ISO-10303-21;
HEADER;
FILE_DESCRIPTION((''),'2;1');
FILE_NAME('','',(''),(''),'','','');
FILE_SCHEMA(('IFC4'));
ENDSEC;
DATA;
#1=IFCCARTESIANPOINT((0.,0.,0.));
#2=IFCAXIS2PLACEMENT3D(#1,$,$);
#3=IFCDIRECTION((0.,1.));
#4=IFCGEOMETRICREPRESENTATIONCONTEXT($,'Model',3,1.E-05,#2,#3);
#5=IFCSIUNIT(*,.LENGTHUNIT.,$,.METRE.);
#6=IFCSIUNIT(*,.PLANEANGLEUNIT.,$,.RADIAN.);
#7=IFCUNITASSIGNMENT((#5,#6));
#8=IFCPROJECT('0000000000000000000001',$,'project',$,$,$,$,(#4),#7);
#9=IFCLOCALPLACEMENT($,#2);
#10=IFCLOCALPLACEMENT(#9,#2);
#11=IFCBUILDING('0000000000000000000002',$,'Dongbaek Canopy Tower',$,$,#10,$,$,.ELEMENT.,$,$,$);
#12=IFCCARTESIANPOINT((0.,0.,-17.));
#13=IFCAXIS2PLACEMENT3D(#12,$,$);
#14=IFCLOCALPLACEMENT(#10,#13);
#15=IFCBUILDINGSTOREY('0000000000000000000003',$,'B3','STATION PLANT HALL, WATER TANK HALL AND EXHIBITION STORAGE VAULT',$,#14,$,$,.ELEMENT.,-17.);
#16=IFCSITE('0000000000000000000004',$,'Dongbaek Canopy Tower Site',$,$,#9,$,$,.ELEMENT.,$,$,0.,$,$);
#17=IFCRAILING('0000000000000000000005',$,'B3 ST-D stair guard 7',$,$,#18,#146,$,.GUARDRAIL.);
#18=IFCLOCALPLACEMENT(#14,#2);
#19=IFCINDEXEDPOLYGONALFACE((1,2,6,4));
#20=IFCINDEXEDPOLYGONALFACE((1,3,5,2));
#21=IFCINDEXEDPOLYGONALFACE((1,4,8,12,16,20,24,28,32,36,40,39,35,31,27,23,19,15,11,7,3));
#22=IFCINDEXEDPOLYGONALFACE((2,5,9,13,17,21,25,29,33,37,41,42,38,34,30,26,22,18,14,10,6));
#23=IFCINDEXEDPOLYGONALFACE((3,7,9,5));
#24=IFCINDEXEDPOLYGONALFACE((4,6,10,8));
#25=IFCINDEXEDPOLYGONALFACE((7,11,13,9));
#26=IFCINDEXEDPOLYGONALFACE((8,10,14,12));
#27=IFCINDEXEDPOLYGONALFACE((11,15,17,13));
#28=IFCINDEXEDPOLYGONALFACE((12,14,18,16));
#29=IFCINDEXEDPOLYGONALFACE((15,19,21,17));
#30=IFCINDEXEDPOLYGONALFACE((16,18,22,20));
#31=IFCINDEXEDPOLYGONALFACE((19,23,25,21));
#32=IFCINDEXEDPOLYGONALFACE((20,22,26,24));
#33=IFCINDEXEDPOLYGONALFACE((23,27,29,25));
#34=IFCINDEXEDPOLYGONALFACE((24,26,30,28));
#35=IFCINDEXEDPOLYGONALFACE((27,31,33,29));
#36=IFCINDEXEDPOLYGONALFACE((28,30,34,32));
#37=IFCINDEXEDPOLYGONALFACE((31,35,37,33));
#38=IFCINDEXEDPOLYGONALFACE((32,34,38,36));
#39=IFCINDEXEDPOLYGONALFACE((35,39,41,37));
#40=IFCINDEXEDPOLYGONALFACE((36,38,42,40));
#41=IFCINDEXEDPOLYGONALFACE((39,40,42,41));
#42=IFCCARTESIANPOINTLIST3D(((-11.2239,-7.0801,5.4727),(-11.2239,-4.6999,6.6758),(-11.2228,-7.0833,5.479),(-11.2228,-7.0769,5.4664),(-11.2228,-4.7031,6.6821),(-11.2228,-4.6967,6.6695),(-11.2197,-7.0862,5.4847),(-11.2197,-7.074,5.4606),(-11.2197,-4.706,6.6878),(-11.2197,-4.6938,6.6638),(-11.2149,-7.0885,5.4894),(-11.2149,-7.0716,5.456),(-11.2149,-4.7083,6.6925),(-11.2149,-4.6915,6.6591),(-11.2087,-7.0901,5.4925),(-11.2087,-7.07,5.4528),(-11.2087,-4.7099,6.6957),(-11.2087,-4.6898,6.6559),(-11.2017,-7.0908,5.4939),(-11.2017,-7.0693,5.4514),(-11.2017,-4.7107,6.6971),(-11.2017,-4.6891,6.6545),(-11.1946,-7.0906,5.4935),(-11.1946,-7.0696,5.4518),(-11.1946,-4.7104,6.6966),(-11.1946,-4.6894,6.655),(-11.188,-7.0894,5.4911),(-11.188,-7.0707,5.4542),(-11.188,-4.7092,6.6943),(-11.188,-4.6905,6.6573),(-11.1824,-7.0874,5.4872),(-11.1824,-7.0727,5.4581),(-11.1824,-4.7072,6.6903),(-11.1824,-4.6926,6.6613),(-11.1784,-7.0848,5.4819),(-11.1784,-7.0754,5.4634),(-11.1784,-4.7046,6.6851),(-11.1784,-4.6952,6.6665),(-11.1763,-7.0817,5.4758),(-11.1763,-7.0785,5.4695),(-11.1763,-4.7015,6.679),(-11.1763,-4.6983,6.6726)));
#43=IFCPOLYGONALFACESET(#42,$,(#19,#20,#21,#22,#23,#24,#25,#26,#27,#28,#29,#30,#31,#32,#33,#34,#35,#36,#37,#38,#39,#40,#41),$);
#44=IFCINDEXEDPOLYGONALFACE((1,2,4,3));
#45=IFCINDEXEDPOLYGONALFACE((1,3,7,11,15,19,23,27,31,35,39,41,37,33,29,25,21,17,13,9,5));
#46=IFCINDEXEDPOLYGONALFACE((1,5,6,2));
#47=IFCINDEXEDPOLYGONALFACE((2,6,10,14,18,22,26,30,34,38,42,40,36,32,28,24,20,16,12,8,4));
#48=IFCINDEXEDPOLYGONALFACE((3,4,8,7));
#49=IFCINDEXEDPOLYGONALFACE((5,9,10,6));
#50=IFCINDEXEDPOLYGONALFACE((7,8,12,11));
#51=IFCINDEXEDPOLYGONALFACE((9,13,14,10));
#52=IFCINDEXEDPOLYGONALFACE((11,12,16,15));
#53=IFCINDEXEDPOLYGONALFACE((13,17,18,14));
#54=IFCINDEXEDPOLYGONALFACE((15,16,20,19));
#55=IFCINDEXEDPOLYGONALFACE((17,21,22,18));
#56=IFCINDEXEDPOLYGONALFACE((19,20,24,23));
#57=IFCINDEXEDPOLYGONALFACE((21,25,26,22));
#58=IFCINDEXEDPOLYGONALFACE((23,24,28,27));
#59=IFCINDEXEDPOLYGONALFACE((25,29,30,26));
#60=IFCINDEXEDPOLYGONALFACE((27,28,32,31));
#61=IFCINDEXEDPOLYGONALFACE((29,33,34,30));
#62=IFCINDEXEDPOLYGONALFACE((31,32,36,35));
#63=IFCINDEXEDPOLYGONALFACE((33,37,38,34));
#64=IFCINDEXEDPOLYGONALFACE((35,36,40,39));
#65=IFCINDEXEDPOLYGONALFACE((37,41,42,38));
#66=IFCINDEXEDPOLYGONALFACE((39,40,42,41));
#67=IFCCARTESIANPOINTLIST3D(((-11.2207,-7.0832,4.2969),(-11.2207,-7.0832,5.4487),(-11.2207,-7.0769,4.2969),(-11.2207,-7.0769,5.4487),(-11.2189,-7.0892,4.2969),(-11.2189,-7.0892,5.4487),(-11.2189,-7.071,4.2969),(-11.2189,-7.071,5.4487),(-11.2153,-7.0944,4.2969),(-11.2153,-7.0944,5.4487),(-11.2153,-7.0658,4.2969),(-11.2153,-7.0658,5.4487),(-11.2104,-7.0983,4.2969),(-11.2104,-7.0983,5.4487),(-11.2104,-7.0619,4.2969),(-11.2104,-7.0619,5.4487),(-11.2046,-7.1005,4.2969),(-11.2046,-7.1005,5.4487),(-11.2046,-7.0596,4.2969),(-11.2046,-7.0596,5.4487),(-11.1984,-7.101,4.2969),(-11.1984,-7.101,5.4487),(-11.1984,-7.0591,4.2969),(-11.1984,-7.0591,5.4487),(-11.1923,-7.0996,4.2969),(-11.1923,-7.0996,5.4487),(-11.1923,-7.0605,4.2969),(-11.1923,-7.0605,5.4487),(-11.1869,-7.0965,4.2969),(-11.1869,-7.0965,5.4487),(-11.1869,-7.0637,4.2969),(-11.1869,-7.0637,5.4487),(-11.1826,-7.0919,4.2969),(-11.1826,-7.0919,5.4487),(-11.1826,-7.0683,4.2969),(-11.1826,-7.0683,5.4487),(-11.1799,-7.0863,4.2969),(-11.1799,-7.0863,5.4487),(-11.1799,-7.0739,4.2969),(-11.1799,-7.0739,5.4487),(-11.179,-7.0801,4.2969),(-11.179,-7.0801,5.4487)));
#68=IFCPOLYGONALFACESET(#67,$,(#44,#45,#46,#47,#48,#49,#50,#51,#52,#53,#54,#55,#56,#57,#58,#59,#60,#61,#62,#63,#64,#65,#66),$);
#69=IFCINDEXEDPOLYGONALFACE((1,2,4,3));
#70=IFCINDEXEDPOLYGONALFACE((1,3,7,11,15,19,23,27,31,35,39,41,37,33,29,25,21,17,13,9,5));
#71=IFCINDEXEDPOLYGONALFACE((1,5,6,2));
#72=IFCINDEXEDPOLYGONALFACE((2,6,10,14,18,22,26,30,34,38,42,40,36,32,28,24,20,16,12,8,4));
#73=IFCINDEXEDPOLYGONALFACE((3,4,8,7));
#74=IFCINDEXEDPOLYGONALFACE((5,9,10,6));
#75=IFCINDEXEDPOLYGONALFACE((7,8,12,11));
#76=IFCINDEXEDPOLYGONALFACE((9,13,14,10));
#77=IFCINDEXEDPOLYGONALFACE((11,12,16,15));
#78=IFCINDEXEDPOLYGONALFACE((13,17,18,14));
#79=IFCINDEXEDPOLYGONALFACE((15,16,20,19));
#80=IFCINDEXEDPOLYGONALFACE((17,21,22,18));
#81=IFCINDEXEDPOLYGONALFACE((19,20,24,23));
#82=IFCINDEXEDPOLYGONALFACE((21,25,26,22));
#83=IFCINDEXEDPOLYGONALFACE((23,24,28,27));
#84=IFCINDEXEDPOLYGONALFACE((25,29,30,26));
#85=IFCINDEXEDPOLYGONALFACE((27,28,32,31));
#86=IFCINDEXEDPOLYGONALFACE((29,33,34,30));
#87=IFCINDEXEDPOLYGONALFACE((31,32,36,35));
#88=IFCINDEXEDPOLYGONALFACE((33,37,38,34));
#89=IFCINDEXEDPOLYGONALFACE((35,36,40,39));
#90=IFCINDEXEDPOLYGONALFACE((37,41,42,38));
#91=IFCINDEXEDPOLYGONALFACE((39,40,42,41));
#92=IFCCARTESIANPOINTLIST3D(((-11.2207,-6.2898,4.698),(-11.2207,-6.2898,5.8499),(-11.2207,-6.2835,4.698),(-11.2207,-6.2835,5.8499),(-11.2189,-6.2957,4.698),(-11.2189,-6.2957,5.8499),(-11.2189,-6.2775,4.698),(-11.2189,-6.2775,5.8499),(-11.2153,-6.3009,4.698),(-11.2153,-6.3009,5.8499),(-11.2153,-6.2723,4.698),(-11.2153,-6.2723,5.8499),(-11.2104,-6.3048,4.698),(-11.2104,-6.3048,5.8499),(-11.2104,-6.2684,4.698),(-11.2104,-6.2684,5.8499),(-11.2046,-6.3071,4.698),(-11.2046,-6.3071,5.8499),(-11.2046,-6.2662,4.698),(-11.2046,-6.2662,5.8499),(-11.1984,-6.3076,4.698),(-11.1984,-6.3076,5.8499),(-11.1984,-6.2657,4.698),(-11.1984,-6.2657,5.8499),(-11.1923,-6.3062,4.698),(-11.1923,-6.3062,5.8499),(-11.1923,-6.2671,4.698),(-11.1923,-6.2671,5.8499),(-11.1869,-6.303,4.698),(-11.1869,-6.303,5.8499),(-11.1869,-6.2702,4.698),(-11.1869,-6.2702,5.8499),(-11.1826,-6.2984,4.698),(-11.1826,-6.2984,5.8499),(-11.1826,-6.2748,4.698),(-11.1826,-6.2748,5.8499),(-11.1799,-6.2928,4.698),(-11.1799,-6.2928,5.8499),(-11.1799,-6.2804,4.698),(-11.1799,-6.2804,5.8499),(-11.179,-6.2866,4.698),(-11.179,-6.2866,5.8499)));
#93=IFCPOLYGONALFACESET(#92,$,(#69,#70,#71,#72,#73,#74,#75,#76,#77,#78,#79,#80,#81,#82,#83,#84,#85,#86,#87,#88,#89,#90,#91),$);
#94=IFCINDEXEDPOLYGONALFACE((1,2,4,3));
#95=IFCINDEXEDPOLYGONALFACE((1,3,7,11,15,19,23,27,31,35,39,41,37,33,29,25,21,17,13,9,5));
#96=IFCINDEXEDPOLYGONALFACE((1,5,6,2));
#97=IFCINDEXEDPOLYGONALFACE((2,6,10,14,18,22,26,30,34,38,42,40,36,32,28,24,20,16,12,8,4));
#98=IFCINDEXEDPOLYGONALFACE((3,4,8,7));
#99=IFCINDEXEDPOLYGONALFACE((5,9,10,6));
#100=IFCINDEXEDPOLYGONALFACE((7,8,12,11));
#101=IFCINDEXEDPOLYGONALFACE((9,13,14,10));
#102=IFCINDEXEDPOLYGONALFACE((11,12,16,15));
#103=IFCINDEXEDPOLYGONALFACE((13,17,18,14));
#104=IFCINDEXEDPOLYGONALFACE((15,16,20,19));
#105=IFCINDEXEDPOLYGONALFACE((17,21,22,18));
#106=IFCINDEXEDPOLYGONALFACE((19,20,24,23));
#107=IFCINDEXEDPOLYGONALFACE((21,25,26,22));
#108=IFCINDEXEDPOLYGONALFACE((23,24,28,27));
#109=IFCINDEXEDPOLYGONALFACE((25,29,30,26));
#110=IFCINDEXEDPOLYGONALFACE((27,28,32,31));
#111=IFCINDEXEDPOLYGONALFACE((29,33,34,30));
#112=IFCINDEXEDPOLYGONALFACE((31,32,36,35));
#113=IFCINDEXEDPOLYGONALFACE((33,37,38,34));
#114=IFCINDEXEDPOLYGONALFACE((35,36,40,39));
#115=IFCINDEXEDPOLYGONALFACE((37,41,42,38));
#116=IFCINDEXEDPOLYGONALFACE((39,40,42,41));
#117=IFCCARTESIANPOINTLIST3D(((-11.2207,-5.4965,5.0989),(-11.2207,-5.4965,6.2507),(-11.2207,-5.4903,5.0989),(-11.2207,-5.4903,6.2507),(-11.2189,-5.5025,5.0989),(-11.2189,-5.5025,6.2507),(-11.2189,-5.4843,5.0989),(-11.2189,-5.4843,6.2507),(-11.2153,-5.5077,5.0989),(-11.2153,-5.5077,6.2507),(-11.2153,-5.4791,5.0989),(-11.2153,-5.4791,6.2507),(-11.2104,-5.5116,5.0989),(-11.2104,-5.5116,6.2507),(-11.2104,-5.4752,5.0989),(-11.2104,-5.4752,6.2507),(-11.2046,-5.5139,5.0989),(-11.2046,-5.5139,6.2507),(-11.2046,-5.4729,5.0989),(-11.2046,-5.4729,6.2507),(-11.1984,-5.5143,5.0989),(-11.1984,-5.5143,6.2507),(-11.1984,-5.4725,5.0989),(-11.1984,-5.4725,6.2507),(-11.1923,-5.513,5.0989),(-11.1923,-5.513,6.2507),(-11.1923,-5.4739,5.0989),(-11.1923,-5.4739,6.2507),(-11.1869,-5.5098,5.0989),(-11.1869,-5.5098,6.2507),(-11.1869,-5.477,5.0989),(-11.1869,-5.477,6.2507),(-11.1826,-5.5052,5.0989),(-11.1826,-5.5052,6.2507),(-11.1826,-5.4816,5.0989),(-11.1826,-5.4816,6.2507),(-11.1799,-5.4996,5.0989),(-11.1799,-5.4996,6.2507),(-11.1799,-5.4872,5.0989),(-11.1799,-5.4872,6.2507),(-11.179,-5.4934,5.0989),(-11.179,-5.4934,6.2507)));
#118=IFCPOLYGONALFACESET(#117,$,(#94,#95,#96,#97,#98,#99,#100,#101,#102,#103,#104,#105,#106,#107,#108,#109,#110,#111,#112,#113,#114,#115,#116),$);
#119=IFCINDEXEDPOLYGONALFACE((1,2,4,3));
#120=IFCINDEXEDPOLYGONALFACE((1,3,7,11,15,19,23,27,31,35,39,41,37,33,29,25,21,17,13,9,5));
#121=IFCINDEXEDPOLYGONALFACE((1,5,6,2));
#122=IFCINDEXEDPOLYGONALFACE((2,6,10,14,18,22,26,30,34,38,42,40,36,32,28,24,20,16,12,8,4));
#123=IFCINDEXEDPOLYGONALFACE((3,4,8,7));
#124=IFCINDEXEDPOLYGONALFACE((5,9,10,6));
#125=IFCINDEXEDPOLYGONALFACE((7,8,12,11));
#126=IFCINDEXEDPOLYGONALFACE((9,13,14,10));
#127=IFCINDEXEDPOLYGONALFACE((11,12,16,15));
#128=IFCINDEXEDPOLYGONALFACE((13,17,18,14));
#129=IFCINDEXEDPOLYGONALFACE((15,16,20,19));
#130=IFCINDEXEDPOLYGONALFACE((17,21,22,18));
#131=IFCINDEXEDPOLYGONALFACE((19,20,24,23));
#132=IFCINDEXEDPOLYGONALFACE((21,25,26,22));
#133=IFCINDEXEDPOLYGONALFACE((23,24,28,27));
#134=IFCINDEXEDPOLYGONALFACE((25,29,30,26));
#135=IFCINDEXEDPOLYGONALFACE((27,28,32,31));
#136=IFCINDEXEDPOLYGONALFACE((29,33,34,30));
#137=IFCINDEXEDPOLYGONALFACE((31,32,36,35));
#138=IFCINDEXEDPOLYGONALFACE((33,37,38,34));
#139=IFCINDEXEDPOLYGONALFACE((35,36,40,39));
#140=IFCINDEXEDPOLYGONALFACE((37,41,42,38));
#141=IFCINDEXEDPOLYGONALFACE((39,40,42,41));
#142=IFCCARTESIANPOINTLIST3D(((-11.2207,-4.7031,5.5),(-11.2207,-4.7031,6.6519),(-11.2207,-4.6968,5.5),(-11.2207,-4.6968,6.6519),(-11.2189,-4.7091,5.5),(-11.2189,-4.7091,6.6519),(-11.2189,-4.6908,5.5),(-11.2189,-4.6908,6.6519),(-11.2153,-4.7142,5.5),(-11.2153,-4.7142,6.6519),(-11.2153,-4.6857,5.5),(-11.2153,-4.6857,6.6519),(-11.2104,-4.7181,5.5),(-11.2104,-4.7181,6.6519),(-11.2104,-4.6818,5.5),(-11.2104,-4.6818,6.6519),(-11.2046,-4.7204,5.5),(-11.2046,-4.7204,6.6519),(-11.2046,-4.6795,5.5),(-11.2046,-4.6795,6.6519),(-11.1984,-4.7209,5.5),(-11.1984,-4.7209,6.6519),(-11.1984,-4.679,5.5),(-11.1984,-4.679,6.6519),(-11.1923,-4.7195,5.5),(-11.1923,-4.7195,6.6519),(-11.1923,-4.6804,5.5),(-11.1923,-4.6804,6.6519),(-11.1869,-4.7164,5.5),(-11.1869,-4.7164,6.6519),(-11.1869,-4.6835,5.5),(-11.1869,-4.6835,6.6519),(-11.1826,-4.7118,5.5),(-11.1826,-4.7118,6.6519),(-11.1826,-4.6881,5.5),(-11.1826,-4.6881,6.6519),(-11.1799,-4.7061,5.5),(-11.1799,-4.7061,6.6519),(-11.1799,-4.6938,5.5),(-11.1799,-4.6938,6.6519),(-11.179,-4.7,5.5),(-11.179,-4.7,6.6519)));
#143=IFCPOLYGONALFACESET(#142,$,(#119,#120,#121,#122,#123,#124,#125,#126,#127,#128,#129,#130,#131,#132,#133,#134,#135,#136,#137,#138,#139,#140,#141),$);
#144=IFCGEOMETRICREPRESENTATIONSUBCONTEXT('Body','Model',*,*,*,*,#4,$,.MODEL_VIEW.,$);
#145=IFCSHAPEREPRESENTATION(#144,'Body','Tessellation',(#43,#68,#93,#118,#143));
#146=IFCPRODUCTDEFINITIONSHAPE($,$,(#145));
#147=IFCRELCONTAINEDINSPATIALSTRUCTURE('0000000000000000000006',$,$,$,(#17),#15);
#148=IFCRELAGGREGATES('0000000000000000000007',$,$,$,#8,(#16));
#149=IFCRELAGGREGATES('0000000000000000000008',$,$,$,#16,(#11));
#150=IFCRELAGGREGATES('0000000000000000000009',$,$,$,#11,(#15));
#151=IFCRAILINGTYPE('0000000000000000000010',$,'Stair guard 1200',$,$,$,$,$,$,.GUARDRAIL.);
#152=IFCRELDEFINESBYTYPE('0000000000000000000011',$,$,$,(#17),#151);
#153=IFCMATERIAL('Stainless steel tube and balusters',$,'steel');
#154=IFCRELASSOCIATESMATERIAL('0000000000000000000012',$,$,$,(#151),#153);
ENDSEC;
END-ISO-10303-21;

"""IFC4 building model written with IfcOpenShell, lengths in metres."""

from ifc_helpers import new_model, si_unit, direction, frame, origin, origin_2d, place, context, subcontext, project, spatial, circle, extrude, material, type_object, element, save


model = new_model("IFC4")

# Units and contexts
model_context = context("Model", 3, precision=1e-05, world=origin(), true_north=direction((0.0, 1.0)))
body_context = subcontext(model_context, "Body", "Model", "MODEL_VIEW")
ifc_project = project(units=[si_unit("LENGTHUNIT", "METRE"), si_unit("PLANEANGLEUNIT", "RADIAN")], contexts=[model_context])

# Site, building, storey
site_placement = place(None, origin())
site = spatial("IfcSite", under=ifc_project, at=site_placement, Name="Dongbaek Canopy Tower Site", CompositionType="ELEMENT", RefElevation=0.0)
building_placement = place(site_placement, origin())
building = spatial("IfcBuilding", under=site, at=building_placement, Name="Dongbaek Canopy Tower", CompositionType="ELEMENT")
storey_placement = place(building_placement, frame((0.0, 0.0, -17.0)))
storey = spatial("IfcBuildingStorey", under=building, at=storey_placement, Name="B3", Description="STATION PLANT HALL, WATER TANK HALL AND EXHIBITION STORAGE VAULT", CompositionType="ELEMENT", Elevation=-17.0)

# Railing
ifc_material_1 = material(Name="Stainless steel tube and balusters", Category="steel")
railing_type = type_object("IfcRailingType", Name="Stair guard 1200", PredefinedType="GUARDRAIL", material=ifc_material_1)
railing_1_placement = place(storey_placement, frame((-11.2, -7.0801, 4.2969)))
element("IfcRailing", 1, at=railing_1_placement, inside=storey, type_object=railing_type, Name="B3 ST-D stair guard 7", PredefinedType="GUARDRAIL", context=body_context, shape_type="SweptSolid", body=[
    extrude(circle(Radius=0.0239, at=origin_2d()), frame((0.0, 0.0, 1.1758), z_axis=(0.0, 0.89246, 0.451127), x_axis=(-1.0, 0.0, 0.0)), (0.0, 0.0, 1.0), 2.667),
    extrude(circle(Radius=0.021, at=origin_2d()), origin(), (0.0, 0.0, 1.0), 1.1519),
    extrude(circle(Radius=0.021, at=origin_2d()), frame((0.0, 0.7935, 0.4011)), (0.0, 0.0, 1.0), 1.1519),
    extrude(circle(Radius=0.021, at=origin_2d()), frame((0.0, 1.5867, 0.802)), (0.0, 0.0, 1.0), 1.1519),
    extrude(circle(Radius=0.021, at=origin_2d()), frame((0.0, 2.3801, 1.2031)), (0.0, 0.0, 1.0), 1.1519),
])

save(model, "model.ifc")
